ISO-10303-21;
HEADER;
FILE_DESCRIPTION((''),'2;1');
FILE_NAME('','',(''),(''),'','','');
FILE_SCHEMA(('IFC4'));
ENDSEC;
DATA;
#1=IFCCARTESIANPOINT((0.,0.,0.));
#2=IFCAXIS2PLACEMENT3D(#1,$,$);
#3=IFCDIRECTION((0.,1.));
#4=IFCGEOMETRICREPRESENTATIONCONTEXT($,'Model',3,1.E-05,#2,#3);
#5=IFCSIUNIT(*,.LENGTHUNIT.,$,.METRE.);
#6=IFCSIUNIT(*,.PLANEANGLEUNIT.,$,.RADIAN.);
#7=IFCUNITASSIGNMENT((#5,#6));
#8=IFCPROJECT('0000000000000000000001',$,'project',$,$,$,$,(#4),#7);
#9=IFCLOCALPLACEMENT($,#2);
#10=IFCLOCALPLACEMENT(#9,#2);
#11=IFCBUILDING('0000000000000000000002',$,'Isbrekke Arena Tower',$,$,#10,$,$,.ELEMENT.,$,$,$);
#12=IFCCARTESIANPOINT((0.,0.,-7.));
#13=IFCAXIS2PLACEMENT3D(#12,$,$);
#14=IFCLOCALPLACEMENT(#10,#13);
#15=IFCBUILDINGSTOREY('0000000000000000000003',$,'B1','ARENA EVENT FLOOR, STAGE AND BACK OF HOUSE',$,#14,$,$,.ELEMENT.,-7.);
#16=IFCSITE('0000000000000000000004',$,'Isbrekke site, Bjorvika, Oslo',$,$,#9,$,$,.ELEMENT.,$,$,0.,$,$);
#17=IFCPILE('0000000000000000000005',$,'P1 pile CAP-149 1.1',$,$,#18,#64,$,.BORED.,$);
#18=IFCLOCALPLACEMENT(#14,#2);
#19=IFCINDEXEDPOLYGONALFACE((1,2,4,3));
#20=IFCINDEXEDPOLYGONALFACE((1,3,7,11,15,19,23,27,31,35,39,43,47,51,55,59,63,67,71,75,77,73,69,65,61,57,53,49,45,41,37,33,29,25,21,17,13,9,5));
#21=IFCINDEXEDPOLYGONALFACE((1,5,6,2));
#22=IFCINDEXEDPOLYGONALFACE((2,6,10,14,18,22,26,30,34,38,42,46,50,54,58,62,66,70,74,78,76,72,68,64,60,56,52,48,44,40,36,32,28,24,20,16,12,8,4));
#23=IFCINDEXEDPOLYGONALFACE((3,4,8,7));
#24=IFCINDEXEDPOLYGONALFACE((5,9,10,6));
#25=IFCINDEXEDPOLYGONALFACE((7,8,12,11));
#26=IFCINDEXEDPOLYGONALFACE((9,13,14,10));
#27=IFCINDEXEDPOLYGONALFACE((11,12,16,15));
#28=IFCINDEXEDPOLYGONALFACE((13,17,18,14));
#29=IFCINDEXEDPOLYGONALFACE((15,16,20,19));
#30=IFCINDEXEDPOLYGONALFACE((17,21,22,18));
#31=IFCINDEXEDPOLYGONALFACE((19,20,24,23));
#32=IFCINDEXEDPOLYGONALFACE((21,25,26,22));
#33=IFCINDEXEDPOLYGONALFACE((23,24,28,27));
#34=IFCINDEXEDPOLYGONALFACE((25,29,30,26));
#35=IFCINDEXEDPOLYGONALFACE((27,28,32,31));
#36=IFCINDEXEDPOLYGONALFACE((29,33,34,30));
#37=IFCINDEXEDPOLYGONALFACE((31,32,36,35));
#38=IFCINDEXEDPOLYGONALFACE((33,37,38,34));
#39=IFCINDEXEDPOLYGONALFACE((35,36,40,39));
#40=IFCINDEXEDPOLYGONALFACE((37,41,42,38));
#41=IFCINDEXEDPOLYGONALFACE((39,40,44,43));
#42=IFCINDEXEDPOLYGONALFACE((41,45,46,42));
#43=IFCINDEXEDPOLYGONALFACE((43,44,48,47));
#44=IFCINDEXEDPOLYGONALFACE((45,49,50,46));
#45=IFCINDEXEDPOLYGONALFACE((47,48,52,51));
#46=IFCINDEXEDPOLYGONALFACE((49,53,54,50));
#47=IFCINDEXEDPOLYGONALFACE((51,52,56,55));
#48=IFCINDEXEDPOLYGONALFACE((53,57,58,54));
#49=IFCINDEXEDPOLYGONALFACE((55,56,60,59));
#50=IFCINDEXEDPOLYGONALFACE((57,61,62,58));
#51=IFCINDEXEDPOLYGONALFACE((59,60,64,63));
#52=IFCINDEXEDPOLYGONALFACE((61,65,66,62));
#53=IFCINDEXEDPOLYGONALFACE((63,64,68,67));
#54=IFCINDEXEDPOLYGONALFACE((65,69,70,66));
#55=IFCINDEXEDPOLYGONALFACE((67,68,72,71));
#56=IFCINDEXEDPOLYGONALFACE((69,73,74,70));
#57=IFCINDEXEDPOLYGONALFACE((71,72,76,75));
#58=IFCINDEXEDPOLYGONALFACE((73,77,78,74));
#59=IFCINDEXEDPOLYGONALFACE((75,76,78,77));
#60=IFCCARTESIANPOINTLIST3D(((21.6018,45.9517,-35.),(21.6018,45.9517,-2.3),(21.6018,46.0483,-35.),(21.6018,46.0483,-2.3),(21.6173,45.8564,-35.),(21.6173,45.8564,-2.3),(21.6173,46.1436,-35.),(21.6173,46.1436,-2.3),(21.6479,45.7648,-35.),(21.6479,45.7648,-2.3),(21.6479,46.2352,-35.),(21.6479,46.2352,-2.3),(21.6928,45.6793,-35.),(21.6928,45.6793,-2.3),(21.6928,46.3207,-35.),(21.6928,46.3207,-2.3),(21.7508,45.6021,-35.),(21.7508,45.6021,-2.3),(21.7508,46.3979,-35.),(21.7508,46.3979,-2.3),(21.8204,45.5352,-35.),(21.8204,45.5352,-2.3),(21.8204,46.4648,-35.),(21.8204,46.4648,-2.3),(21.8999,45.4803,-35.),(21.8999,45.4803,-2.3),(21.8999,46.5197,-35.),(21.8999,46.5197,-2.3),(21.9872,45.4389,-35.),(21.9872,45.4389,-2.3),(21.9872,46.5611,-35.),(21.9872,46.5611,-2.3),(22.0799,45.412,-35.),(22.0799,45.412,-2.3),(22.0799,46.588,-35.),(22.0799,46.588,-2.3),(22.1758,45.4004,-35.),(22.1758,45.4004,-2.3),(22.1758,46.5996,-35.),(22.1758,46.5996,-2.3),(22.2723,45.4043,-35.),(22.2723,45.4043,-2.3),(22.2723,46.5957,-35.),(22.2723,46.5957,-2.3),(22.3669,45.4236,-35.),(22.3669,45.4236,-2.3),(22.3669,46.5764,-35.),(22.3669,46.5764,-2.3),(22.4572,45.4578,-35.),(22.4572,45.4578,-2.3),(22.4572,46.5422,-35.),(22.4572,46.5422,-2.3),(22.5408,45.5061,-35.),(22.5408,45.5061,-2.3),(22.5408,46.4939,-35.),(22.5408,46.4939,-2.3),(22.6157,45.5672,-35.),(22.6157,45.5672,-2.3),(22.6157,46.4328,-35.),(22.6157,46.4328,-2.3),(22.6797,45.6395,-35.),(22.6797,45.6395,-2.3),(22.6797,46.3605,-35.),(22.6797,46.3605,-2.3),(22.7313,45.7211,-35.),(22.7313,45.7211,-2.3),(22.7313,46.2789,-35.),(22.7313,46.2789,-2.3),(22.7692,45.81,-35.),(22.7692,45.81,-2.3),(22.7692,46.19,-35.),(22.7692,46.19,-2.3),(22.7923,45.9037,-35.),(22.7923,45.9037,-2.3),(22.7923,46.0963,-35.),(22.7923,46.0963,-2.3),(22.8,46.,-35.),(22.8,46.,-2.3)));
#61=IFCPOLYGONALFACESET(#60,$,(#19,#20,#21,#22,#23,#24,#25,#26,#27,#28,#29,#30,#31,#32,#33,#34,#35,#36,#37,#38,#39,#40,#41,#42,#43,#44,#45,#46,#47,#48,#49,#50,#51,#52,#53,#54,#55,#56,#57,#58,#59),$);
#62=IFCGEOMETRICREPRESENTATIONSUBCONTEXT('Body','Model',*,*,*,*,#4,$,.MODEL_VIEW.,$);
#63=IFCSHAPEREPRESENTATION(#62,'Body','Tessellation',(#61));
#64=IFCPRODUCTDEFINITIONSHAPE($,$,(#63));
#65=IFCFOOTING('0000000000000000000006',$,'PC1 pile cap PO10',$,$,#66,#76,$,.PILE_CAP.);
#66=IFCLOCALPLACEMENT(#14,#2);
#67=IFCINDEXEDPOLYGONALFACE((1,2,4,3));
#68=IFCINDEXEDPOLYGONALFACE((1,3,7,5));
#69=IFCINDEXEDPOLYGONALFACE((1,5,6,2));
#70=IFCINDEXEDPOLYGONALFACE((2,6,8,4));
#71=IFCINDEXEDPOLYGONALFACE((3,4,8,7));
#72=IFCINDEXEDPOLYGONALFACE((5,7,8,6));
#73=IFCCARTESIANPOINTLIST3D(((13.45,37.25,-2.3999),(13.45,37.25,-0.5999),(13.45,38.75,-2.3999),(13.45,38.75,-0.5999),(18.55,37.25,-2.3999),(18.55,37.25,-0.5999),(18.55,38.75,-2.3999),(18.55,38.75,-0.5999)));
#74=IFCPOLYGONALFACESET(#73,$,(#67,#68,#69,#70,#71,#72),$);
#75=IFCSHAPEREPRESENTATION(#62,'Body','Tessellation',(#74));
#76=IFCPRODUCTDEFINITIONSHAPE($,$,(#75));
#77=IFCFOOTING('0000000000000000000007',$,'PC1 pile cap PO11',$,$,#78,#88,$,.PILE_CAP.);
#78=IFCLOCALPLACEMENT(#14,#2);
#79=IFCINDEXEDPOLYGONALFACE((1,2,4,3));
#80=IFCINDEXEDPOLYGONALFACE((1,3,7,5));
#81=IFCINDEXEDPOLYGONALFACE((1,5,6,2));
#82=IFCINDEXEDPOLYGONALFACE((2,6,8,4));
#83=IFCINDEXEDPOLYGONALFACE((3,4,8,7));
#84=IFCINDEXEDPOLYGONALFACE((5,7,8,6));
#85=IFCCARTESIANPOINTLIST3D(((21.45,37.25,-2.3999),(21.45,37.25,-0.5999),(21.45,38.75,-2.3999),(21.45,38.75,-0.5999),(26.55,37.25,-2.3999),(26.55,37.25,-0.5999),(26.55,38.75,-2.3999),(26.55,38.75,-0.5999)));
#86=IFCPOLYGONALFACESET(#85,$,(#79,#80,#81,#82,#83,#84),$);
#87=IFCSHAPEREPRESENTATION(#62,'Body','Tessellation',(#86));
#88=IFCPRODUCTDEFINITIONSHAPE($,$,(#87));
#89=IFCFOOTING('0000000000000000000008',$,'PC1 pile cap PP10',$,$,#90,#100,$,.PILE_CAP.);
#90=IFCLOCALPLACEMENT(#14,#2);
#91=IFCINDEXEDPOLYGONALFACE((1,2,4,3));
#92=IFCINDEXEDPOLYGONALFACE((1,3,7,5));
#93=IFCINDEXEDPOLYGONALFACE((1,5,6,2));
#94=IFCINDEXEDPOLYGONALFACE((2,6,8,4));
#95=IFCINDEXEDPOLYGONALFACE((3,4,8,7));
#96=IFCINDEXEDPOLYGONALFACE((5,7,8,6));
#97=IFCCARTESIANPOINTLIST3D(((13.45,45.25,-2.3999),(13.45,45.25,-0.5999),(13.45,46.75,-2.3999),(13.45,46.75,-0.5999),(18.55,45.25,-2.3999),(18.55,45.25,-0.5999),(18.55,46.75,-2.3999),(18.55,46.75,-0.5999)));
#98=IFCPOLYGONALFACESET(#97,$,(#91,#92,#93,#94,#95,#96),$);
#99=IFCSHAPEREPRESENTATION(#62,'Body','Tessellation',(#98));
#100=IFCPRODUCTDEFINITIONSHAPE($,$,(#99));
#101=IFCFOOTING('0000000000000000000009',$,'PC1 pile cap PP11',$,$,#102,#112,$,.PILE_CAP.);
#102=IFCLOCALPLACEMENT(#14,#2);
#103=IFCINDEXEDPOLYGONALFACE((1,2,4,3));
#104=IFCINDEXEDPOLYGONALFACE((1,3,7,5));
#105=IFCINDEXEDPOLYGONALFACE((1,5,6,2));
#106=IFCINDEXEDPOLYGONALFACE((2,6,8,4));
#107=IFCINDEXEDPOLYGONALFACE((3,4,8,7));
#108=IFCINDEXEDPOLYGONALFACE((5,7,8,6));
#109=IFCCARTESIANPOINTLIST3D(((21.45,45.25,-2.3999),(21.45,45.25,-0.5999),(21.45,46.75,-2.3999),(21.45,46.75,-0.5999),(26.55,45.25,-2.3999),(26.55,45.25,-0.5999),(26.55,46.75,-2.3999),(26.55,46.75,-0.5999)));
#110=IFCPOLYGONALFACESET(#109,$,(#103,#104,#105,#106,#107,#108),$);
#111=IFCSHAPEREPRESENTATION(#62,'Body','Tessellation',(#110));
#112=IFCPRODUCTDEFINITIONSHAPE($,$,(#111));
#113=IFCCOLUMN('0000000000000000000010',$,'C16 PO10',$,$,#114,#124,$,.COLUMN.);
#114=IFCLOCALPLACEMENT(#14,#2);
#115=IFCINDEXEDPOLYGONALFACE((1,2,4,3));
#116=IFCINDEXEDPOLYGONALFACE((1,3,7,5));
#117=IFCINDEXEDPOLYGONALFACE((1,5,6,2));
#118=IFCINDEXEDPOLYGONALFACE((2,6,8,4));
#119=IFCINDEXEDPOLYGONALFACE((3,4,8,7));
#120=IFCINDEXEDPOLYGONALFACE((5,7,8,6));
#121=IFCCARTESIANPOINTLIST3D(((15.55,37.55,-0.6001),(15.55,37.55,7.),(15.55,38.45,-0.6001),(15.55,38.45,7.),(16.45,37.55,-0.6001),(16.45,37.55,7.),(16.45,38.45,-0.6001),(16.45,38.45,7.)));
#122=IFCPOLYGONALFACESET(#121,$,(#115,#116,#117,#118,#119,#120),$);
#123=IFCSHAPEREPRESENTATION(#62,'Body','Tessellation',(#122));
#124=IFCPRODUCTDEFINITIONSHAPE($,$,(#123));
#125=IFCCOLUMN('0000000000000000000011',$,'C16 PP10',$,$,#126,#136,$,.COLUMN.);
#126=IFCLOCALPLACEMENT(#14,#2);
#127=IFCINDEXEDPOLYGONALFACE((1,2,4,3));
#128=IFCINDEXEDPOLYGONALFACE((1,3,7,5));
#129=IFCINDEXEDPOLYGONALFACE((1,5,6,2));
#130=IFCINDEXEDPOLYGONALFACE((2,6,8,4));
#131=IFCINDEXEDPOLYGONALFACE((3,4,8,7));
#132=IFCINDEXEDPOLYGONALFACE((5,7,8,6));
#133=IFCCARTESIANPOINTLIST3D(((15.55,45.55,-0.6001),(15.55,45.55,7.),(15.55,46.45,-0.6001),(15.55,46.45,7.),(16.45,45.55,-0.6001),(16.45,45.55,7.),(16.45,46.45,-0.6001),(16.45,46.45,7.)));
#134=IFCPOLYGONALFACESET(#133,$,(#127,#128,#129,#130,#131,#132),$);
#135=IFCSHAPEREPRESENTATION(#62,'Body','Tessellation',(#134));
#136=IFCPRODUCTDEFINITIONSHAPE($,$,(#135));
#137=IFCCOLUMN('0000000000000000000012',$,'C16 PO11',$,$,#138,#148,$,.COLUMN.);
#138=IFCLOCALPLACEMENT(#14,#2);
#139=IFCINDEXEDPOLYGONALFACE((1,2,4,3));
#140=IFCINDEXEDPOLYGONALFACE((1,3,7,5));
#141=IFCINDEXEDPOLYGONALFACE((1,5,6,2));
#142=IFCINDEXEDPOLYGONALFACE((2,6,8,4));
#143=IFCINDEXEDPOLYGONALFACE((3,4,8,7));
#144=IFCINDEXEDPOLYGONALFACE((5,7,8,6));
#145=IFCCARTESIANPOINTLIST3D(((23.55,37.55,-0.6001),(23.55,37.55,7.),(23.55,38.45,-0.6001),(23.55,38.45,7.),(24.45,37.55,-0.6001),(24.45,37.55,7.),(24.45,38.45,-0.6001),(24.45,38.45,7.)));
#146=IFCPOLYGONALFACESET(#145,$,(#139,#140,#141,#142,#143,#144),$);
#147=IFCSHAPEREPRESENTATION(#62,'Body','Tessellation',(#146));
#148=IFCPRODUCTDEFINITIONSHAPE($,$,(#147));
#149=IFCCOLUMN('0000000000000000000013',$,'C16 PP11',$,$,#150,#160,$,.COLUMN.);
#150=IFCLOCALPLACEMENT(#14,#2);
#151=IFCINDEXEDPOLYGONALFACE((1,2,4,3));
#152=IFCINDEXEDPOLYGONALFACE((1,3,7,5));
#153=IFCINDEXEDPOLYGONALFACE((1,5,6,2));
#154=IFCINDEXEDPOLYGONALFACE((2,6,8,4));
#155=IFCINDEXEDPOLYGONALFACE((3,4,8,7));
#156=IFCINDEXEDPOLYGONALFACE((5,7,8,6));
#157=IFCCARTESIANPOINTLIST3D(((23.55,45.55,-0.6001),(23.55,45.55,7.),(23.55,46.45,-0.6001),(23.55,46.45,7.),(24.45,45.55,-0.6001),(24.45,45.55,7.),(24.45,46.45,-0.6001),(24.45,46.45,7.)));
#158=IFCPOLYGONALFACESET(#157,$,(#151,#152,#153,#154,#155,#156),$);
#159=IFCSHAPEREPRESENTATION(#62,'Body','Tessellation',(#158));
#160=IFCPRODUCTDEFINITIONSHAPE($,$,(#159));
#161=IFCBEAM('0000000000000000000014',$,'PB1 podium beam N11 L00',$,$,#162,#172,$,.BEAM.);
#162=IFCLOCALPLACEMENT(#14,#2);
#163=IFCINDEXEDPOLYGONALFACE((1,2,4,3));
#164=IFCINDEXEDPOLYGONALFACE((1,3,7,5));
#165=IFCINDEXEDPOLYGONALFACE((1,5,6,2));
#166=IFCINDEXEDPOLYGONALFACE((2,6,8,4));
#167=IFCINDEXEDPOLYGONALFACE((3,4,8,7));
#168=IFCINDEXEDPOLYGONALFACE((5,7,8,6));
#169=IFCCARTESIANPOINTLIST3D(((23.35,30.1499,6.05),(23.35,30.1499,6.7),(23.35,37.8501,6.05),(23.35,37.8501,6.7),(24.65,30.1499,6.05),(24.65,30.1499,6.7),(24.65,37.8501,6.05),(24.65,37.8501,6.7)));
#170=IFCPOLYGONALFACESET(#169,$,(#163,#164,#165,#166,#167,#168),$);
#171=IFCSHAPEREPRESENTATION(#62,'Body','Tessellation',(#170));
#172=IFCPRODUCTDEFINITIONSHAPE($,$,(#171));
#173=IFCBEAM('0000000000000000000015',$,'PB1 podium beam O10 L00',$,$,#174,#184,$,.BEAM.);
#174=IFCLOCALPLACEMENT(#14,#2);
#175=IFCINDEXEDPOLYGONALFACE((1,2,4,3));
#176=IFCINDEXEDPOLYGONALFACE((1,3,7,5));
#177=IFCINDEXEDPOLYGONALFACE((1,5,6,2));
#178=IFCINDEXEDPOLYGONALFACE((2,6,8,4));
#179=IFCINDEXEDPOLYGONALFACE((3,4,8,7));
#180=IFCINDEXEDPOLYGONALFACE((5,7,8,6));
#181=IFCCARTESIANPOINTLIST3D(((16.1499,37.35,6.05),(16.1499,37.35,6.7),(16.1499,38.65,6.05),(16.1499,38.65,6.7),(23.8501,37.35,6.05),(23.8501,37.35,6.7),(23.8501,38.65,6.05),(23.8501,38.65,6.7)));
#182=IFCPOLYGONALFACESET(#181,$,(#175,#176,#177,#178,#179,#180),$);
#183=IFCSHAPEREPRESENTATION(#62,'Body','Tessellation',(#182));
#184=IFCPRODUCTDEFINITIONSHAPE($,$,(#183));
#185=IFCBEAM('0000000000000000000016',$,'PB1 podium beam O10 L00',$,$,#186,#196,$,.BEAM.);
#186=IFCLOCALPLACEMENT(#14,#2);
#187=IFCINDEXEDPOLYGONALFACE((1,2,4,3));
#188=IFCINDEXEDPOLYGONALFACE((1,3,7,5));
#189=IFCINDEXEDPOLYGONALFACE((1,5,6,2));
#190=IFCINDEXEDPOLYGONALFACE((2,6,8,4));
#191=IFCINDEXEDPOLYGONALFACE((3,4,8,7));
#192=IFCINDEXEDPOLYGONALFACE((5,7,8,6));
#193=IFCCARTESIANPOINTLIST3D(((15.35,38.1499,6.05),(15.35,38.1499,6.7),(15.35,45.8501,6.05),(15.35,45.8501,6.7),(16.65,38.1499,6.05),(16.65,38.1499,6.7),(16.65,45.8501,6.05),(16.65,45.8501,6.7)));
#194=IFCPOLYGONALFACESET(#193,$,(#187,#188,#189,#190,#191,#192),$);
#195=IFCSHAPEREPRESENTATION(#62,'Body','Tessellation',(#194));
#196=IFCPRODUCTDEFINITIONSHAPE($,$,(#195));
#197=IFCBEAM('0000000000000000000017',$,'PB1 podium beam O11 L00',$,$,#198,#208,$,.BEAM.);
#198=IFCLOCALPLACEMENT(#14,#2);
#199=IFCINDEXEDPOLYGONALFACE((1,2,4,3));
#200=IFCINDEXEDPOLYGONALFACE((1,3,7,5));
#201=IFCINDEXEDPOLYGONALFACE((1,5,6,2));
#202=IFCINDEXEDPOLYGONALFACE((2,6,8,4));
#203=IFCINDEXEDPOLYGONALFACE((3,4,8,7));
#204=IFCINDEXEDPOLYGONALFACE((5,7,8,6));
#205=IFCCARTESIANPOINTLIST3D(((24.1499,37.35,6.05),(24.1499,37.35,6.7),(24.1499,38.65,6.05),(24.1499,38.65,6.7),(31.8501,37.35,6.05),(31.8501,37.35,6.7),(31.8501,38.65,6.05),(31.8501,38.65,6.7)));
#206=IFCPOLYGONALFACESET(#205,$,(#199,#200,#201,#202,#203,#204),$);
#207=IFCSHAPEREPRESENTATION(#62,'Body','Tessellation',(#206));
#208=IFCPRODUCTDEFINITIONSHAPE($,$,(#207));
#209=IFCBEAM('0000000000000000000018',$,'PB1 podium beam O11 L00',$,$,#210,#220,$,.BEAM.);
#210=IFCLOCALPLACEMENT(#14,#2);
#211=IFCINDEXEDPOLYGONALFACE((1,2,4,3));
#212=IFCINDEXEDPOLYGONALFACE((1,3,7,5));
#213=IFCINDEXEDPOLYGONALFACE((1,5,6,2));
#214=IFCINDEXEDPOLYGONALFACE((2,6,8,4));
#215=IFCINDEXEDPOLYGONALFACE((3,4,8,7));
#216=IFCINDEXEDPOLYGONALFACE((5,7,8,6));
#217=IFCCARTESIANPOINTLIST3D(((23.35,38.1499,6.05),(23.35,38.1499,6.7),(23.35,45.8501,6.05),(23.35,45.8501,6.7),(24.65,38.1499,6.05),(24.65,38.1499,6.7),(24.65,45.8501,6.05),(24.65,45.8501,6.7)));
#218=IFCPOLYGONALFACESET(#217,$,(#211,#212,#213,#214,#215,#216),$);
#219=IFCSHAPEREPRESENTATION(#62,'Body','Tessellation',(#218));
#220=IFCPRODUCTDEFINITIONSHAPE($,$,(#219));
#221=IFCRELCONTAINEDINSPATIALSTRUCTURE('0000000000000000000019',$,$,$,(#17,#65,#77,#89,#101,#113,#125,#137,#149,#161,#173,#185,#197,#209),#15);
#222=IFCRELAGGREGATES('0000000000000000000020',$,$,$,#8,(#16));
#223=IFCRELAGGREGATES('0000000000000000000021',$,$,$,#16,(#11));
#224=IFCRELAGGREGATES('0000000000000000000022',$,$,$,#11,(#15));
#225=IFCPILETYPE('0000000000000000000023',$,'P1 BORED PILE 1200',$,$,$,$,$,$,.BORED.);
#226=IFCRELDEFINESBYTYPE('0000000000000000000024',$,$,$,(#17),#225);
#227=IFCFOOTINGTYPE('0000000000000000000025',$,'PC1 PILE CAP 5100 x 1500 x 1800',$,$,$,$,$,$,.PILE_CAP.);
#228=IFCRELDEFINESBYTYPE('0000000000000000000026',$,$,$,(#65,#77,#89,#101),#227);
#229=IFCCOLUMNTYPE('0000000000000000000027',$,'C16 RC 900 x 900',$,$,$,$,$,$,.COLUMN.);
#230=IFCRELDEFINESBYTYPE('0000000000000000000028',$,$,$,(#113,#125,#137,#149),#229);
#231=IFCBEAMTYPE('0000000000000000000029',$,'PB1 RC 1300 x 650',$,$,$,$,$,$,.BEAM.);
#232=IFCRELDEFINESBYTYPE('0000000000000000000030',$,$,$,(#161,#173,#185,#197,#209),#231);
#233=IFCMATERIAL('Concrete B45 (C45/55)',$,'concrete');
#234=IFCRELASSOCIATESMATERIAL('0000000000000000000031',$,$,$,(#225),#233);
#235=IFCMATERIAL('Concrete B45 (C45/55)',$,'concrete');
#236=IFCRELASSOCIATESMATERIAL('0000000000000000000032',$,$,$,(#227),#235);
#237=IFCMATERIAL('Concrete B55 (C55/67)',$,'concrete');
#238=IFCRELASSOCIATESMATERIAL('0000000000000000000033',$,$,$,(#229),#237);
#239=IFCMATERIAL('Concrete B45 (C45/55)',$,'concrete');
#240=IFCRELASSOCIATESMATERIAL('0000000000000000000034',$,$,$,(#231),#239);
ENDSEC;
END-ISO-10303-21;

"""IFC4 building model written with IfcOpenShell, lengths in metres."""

from ifc_helpers import new_model, si_unit, direction, frame, origin, origin_2d, place, context, subcontext, project, spatial, rectangle, circle, extrude, material, material_profile, profile_set, type_object, element, save


model = new_model("IFC4")

# Units and contexts
model_context = context("Model", 3, precision=1e-05, world=origin(), true_north=direction((0.0, 1.0)))
body_context = subcontext(model_context, "Body", "Model", "MODEL_VIEW")
ifc_project = project(units=[si_unit("LENGTHUNIT", "METRE"), si_unit("PLANEANGLEUNIT", "RADIAN")], contexts=[model_context])

# Site, building, storey
site_placement = place(None, origin())
site = spatial("IfcSite", under=ifc_project, at=site_placement, Name="Isbrekke site, Bjorvika, Oslo", CompositionType="ELEMENT", RefElevation=0.0)
building_placement = place(site_placement, origin())
building = spatial("IfcBuilding", under=site, at=building_placement, Name="Isbrekke Arena Tower", CompositionType="ELEMENT")
storey_placement = place(building_placement, frame((0.0, 0.0, -7.0)))
storey = spatial("IfcBuildingStorey", under=building, at=storey_placement, Name="B1", Description="ARENA EVENT FLOOR, STAGE AND BACK OF HOUSE", CompositionType="ELEMENT", Elevation=-7.0)

# Pile
ifc_material_1 = material(Name="Concrete B45 (C45/55)", Category="concrete")
ifc_material_profile_1 = material_profile(ifc_material_1, circle(Radius=0.6001, at=origin_2d()), Name="BORED PILE D1200")
ifc_profile_set_1 = profile_set([ifc_material_profile_1], Name="Concrete B45 (C45/55)")
pile_type = type_object("IfcPileType", Name="P1 BORED PILE 1200", PredefinedType="BORED", material=ifc_profile_set_1)
for number, where, z_axis, x_axis, name in (
    (1, (22.2, 46.0, -2.3), (0.0, 0.0, -1.0), (1.0, 0.0, 0.0), "P1 pile CAP-149 1.1"),
):
    element("IfcPile", number, at=place(storey_placement, frame(where, z_axis=z_axis, x_axis=x_axis)), inside=storey, type_object=pile_type, Name=name, PredefinedType="BORED", context=body_context, shape_type="SweptSolid", body=[
        extrude(circle(Radius=0.6001, at=origin_2d()), origin(), (0.0, 0.0, 1.0), 32.7),
    ])

# Footings
ifc_material_2 = material(Name="Concrete B45 (C45/55)", Category="concrete")
footing_type = type_object("IfcFootingType", Name="PC1 PILE CAP 5100 x 1500 x 1800", PredefinedType="PILE_CAP", material=ifc_material_2)
for number, where, z_axis, x_axis, name in (
    (2, (16.0, 38.0, -2.3999), (0.0, 0.0, 1.0), (1.0, 0.0, 0.0), "PC1 pile cap PO10"),
    (3, (24.0, 38.0, -2.3999), (0.0, 0.0, 1.0), (1.0, 0.0, 0.0), "PC1 pile cap PO11"),
    (4, (16.0, 46.0, -2.3999), (0.0, 0.0, 1.0), (1.0, 0.0, 0.0), "PC1 pile cap PP10"),
    (5, (24.0, 46.0, -2.3999), (0.0, 0.0, 1.0), (1.0, 0.0, 0.0), "PC1 pile cap PP11"),
):
    element("IfcFooting", number, at=place(storey_placement, frame(where, z_axis=z_axis, x_axis=x_axis)), inside=storey, type_object=footing_type, Name=name, PredefinedType="PILE_CAP", context=body_context, shape_type="SweptSolid", body=[
        extrude(rectangle(XDim=5.1001, YDim=1.5, at=origin_2d()), origin(), (0.0, 0.0, 1.0), 1.8),
    ])

# Columns
ifc_material_3 = material(Name="Concrete B55 (C55/67)", Category="concrete")
ifc_material_profile_2 = material_profile(ifc_material_3, rectangle(XDim=0.8999, YDim=0.8999, at=origin_2d()), Name="RC 900x900")
ifc_profile_set_2 = profile_set([ifc_material_profile_2], Name="Concrete B55 (C55/67)")
column_type = type_object("IfcColumnType", Name="C16 RC 900 x 900", PredefinedType="COLUMN", material=ifc_profile_set_2)
for number, where, z_axis, x_axis, name in (
    (6, (16.0, 38.0, -0.6001), (0.0, 0.0, 1.0), (1.0, 0.0, 0.0), "C16 PO10"),
    (7, (16.0, 46.0, -0.6001), (0.0, 0.0, 1.0), (1.0, 0.0, 0.0), "C16 PP10"),
    (8, (24.0, 38.0, -0.6001), (0.0, 0.0, 1.0), (1.0, 0.0, 0.0), "C16 PO11"),
    (9, (24.0, 46.0, -0.6001), (0.0, 0.0, 1.0), (1.0, 0.0, 0.0), "C16 PP11"),
):
    element("IfcColumn", number, at=place(storey_placement, frame(where, z_axis=z_axis, x_axis=x_axis)), inside=storey, type_object=column_type, Name=name, PredefinedType="COLUMN", context=body_context, shape_type="SweptSolid", body=[
        extrude(rectangle(XDim=0.8999, YDim=0.8999, at=origin_2d()), origin(), (0.0, 0.0, 1.0), 7.6001),
    ])

# Beams
ifc_material_4 = material(Name="Concrete B45 (C45/55)", Category="concrete")
ifc_material_profile_3 = material_profile(ifc_material_4, rectangle(XDim=1.3, YDim=0.6499, at=origin_2d()), Name="RC 1300x650")
ifc_profile_set_3 = profile_set([ifc_material_profile_3], Name="Concrete B45 (C45/55)")
beam_type = type_object("IfcBeamType", Name="PB1 RC 1300 x 650", PredefinedType="BEAM", material=ifc_profile_set_3)
for number, where, z_axis, x_axis, name in (
    (10, (24.0, 30.1499, 6.375), (0.0, 1.0, 0.0), (-1.0, 0.0, 0.0), "PB1 podium beam N11 L00"),
    (11, (16.1499, 38.0, 6.375), (1.0, 0.0, 0.0), (0.0, 1.0, 0.0), "PB1 podium beam O10 L00"),
    (12, (16.0, 38.1499, 6.375), (0.0, 1.0, 0.0), (-1.0, 0.0, 0.0), "PB1 podium beam O10 L00"),
    (13, (24.1499, 38.0, 6.375), (1.0, 0.0, 0.0), (0.0, 1.0, 0.0), "PB1 podium beam O11 L00"),
    (14, (24.0, 38.1499, 6.375), (0.0, 1.0, 0.0), (-1.0, 0.0, 0.0), "PB1 podium beam O11 L00"),
):
    element("IfcBeam", number, at=place(storey_placement, frame(where, z_axis=z_axis, x_axis=x_axis)), inside=storey, type_object=beam_type, Name=name, PredefinedType="BEAM", context=body_context, shape_type="SweptSolid", body=[
        extrude(rectangle(XDim=1.3, YDim=0.6499, at=origin_2d()), origin(), (0.0, 0.0, 1.0), 7.7002),
    ])

save(model, "model.ifc")
